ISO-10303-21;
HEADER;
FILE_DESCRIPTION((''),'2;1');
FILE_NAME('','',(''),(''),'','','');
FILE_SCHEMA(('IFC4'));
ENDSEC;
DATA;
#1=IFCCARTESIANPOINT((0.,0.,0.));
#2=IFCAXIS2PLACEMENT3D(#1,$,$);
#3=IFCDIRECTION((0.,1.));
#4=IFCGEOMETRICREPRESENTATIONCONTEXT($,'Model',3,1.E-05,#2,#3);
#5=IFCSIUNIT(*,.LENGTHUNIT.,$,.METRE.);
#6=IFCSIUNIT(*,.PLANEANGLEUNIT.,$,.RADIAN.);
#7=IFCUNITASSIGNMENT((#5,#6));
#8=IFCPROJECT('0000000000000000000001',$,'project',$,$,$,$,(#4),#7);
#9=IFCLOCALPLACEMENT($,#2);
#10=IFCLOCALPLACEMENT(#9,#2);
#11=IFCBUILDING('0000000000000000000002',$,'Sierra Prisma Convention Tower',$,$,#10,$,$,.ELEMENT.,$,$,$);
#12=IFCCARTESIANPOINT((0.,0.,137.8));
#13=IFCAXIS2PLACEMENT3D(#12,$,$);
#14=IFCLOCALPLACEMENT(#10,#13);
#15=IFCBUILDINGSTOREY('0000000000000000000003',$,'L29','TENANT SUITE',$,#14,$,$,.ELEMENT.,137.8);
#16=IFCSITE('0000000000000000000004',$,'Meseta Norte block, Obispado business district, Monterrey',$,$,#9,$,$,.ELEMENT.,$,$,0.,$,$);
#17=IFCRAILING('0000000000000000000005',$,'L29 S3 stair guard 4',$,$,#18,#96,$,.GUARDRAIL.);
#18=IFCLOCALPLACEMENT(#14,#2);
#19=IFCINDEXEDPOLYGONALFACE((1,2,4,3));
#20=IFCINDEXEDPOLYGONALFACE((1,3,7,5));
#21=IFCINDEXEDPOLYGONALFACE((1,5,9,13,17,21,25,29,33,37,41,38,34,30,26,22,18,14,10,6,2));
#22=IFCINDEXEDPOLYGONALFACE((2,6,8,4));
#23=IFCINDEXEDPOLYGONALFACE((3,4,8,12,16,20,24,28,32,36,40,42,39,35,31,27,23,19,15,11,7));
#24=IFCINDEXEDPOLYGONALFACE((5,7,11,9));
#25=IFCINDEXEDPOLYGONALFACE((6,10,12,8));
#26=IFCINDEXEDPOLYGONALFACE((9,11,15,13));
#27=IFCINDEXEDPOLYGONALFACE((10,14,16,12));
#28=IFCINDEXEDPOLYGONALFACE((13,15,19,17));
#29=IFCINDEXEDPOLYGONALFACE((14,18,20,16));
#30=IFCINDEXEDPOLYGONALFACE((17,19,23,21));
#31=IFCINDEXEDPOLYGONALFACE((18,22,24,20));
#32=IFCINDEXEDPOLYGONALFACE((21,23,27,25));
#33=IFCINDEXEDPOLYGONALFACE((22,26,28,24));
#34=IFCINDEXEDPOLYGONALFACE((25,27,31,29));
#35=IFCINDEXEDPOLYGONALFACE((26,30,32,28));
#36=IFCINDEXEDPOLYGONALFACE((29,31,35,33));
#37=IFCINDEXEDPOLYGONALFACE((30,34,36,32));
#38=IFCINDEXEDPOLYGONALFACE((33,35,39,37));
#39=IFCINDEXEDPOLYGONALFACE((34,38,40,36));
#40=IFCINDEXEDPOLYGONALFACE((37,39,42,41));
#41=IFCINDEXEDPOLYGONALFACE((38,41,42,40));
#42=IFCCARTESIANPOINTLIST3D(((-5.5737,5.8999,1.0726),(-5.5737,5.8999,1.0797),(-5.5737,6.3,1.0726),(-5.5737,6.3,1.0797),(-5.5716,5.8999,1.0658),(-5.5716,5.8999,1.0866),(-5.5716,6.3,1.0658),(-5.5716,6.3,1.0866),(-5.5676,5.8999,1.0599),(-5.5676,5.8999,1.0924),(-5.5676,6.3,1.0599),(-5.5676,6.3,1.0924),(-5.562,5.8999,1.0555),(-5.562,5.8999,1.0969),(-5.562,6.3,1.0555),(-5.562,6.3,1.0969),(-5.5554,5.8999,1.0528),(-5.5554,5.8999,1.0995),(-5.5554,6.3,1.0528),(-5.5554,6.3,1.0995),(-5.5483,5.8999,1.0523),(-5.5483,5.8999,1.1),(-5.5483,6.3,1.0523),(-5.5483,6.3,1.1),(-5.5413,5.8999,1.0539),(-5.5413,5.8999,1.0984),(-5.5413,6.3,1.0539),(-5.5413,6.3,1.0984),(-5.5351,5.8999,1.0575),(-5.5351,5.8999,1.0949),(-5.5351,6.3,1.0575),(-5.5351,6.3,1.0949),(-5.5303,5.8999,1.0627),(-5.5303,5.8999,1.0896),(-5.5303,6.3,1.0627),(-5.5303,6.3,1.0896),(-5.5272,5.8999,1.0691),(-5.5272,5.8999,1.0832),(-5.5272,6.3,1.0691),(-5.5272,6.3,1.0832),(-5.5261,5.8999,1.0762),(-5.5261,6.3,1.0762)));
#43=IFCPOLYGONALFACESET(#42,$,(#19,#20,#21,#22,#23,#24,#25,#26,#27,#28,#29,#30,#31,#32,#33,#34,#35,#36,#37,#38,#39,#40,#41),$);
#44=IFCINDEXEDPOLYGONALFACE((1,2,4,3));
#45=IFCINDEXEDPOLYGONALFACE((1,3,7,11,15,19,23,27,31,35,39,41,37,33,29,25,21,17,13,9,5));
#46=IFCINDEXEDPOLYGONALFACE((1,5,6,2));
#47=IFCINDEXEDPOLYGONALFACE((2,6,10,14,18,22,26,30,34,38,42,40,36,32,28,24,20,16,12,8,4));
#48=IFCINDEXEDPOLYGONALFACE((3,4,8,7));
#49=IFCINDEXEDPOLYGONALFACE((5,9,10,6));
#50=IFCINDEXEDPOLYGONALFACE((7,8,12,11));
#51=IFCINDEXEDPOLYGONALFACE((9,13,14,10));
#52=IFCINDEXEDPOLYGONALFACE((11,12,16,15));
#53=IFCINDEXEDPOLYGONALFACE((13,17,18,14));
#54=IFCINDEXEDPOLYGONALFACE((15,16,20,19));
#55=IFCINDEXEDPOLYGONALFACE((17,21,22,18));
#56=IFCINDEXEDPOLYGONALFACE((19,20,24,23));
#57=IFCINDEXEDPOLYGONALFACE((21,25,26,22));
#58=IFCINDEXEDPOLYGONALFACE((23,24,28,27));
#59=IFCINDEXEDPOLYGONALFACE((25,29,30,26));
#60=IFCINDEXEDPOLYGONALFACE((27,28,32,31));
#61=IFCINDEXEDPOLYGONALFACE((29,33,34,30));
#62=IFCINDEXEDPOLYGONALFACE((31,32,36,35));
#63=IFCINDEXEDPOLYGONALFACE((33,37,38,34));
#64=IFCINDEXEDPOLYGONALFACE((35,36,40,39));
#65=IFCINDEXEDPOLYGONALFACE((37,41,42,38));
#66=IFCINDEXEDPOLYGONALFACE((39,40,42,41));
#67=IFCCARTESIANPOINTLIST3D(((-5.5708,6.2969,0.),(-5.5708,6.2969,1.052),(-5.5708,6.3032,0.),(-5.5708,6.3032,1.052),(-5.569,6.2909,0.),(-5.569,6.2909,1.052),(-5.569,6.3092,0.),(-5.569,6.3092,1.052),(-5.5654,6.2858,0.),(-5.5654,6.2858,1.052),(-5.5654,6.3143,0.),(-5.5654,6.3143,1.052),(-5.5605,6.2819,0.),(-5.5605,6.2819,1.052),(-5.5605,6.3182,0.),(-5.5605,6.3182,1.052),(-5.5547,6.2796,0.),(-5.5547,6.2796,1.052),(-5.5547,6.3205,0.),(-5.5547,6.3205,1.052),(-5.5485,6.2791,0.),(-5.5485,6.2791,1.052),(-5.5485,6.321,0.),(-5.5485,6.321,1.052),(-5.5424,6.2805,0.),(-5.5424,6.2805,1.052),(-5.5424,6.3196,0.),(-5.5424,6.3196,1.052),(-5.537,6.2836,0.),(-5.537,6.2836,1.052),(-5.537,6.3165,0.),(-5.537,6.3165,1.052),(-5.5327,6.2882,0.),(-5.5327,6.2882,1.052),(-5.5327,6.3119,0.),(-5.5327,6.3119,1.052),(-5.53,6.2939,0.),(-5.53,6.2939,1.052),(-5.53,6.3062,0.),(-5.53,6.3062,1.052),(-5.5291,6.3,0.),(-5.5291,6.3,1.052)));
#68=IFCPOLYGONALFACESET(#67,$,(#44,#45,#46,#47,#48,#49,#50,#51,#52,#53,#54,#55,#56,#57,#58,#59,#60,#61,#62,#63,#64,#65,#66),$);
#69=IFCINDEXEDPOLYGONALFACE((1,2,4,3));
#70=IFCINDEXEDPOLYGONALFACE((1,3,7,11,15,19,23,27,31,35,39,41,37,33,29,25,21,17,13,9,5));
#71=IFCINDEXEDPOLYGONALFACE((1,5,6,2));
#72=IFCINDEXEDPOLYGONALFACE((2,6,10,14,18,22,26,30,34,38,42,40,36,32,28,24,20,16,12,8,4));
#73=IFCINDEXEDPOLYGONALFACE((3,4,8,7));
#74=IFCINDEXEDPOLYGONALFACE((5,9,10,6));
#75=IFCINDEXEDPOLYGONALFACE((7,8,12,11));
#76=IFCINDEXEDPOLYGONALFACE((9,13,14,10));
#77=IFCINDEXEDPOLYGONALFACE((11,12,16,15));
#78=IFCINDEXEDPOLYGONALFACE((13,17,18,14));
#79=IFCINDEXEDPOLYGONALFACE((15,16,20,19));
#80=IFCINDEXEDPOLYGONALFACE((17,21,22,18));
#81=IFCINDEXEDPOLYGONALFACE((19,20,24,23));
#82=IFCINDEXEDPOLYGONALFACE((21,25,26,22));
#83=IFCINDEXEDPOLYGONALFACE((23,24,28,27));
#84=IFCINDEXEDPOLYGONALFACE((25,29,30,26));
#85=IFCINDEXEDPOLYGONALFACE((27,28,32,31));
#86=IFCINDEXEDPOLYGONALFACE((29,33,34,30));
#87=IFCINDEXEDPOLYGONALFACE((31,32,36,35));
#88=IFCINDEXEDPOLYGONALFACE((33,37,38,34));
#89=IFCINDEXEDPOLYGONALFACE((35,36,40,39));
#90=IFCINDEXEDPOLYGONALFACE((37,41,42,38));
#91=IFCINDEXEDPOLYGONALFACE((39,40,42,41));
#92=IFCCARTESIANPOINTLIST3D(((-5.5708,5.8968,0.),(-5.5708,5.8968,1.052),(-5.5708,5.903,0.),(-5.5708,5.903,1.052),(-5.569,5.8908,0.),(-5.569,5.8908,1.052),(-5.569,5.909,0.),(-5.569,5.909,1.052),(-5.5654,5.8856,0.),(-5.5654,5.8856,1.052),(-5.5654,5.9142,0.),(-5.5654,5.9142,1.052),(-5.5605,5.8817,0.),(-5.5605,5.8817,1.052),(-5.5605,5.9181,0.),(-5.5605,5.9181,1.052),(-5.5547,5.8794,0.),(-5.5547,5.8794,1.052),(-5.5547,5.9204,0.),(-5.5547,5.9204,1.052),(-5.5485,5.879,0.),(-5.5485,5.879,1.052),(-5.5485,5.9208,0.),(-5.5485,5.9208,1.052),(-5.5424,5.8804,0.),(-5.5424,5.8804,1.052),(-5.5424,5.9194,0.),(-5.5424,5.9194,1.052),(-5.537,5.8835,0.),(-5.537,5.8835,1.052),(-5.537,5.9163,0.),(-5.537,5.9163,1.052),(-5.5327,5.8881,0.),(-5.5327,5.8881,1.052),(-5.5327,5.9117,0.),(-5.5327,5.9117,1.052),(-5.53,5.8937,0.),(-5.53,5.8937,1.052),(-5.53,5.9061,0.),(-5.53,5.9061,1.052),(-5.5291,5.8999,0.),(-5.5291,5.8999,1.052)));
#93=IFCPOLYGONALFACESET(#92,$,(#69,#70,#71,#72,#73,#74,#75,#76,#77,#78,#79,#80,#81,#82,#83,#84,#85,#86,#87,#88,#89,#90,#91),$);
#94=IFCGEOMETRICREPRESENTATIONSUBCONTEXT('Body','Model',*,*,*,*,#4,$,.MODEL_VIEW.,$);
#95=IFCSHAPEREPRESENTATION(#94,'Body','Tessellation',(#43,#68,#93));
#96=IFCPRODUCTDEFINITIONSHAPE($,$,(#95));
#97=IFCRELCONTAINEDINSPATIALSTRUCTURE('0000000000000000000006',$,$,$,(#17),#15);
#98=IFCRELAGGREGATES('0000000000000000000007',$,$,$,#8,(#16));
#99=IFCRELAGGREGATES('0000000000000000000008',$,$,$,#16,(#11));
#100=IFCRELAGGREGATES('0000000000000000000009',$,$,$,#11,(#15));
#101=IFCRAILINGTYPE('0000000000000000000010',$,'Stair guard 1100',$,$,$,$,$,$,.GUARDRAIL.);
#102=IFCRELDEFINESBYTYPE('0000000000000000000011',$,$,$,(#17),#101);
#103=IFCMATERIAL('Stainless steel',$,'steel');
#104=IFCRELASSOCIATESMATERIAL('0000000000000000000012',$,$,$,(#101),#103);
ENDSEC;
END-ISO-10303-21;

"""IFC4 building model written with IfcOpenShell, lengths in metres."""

from ifc_helpers import new_model, si_unit, direction, frame, origin, origin_2d, place, context, subcontext, project, spatial, circle, extrude, material, type_object, element, save


model = new_model("IFC4")

# Units and contexts
model_context = context("Model", 3, precision=1e-05, world=origin(), true_north=direction((0.0, 1.0)))
body_context = subcontext(model_context, "Body", "Model", "MODEL_VIEW")
ifc_project = project(units=[si_unit("LENGTHUNIT", "METRE"), si_unit("PLANEANGLEUNIT", "RADIAN")], contexts=[model_context])

# Site, building, storey
site_placement = place(None, origin())
site = spatial("IfcSite", under=ifc_project, at=site_placement, Name="Meseta Norte block, Obispado business district, Monterrey", CompositionType="ELEMENT", RefElevation=0.0)
building_placement = place(site_placement, origin())
building = spatial("IfcBuilding", under=site, at=building_placement, Name="Sierra Prisma Convention Tower", CompositionType="ELEMENT")
storey_placement = place(building_placement, frame((0.0, 0.0, 137.8)))
storey = spatial("IfcBuildingStorey", under=building, at=storey_placement, Name="L29", Description="TENANT SUITE", CompositionType="ELEMENT", Elevation=137.8)

# Railing
ifc_material_1 = material(Name="Stainless steel", Category="steel")
railing_type_1 = type_object("IfcRailingType", Name="Stair guard 1100", PredefinedType="GUARDRAIL", material=ifc_material_1)
railing_1_placement = place(storey_placement, frame((-5.55, 6.3, 0.0)))
element("IfcRailing", 1, at=railing_1_placement, inside=storey, type_object=railing_type_1, Name="L29 S3 stair guard 4", PredefinedType="GUARDRAIL", context=body_context, shape_type="SweptSolid", body=[
    extrude(circle(Radius=0.0239, at=origin_2d()), frame((0.0, 0.0, 1.0762), z_axis=(0.0, -1.0, 0.0), x_axis=(1.0, 0.0, 0.0)), (0.0, 0.0, 1.0), 0.4001),
    extrude(circle(Radius=0.021, at=origin_2d()), origin(), (0.0, 0.0, 1.0), 1.052),
    extrude(circle(Radius=0.021, at=origin_2d()), frame((0.0, -0.4001, 0.0)), (0.0, 0.0, 1.0), 1.052),
])

save(model, "model.ifc")
